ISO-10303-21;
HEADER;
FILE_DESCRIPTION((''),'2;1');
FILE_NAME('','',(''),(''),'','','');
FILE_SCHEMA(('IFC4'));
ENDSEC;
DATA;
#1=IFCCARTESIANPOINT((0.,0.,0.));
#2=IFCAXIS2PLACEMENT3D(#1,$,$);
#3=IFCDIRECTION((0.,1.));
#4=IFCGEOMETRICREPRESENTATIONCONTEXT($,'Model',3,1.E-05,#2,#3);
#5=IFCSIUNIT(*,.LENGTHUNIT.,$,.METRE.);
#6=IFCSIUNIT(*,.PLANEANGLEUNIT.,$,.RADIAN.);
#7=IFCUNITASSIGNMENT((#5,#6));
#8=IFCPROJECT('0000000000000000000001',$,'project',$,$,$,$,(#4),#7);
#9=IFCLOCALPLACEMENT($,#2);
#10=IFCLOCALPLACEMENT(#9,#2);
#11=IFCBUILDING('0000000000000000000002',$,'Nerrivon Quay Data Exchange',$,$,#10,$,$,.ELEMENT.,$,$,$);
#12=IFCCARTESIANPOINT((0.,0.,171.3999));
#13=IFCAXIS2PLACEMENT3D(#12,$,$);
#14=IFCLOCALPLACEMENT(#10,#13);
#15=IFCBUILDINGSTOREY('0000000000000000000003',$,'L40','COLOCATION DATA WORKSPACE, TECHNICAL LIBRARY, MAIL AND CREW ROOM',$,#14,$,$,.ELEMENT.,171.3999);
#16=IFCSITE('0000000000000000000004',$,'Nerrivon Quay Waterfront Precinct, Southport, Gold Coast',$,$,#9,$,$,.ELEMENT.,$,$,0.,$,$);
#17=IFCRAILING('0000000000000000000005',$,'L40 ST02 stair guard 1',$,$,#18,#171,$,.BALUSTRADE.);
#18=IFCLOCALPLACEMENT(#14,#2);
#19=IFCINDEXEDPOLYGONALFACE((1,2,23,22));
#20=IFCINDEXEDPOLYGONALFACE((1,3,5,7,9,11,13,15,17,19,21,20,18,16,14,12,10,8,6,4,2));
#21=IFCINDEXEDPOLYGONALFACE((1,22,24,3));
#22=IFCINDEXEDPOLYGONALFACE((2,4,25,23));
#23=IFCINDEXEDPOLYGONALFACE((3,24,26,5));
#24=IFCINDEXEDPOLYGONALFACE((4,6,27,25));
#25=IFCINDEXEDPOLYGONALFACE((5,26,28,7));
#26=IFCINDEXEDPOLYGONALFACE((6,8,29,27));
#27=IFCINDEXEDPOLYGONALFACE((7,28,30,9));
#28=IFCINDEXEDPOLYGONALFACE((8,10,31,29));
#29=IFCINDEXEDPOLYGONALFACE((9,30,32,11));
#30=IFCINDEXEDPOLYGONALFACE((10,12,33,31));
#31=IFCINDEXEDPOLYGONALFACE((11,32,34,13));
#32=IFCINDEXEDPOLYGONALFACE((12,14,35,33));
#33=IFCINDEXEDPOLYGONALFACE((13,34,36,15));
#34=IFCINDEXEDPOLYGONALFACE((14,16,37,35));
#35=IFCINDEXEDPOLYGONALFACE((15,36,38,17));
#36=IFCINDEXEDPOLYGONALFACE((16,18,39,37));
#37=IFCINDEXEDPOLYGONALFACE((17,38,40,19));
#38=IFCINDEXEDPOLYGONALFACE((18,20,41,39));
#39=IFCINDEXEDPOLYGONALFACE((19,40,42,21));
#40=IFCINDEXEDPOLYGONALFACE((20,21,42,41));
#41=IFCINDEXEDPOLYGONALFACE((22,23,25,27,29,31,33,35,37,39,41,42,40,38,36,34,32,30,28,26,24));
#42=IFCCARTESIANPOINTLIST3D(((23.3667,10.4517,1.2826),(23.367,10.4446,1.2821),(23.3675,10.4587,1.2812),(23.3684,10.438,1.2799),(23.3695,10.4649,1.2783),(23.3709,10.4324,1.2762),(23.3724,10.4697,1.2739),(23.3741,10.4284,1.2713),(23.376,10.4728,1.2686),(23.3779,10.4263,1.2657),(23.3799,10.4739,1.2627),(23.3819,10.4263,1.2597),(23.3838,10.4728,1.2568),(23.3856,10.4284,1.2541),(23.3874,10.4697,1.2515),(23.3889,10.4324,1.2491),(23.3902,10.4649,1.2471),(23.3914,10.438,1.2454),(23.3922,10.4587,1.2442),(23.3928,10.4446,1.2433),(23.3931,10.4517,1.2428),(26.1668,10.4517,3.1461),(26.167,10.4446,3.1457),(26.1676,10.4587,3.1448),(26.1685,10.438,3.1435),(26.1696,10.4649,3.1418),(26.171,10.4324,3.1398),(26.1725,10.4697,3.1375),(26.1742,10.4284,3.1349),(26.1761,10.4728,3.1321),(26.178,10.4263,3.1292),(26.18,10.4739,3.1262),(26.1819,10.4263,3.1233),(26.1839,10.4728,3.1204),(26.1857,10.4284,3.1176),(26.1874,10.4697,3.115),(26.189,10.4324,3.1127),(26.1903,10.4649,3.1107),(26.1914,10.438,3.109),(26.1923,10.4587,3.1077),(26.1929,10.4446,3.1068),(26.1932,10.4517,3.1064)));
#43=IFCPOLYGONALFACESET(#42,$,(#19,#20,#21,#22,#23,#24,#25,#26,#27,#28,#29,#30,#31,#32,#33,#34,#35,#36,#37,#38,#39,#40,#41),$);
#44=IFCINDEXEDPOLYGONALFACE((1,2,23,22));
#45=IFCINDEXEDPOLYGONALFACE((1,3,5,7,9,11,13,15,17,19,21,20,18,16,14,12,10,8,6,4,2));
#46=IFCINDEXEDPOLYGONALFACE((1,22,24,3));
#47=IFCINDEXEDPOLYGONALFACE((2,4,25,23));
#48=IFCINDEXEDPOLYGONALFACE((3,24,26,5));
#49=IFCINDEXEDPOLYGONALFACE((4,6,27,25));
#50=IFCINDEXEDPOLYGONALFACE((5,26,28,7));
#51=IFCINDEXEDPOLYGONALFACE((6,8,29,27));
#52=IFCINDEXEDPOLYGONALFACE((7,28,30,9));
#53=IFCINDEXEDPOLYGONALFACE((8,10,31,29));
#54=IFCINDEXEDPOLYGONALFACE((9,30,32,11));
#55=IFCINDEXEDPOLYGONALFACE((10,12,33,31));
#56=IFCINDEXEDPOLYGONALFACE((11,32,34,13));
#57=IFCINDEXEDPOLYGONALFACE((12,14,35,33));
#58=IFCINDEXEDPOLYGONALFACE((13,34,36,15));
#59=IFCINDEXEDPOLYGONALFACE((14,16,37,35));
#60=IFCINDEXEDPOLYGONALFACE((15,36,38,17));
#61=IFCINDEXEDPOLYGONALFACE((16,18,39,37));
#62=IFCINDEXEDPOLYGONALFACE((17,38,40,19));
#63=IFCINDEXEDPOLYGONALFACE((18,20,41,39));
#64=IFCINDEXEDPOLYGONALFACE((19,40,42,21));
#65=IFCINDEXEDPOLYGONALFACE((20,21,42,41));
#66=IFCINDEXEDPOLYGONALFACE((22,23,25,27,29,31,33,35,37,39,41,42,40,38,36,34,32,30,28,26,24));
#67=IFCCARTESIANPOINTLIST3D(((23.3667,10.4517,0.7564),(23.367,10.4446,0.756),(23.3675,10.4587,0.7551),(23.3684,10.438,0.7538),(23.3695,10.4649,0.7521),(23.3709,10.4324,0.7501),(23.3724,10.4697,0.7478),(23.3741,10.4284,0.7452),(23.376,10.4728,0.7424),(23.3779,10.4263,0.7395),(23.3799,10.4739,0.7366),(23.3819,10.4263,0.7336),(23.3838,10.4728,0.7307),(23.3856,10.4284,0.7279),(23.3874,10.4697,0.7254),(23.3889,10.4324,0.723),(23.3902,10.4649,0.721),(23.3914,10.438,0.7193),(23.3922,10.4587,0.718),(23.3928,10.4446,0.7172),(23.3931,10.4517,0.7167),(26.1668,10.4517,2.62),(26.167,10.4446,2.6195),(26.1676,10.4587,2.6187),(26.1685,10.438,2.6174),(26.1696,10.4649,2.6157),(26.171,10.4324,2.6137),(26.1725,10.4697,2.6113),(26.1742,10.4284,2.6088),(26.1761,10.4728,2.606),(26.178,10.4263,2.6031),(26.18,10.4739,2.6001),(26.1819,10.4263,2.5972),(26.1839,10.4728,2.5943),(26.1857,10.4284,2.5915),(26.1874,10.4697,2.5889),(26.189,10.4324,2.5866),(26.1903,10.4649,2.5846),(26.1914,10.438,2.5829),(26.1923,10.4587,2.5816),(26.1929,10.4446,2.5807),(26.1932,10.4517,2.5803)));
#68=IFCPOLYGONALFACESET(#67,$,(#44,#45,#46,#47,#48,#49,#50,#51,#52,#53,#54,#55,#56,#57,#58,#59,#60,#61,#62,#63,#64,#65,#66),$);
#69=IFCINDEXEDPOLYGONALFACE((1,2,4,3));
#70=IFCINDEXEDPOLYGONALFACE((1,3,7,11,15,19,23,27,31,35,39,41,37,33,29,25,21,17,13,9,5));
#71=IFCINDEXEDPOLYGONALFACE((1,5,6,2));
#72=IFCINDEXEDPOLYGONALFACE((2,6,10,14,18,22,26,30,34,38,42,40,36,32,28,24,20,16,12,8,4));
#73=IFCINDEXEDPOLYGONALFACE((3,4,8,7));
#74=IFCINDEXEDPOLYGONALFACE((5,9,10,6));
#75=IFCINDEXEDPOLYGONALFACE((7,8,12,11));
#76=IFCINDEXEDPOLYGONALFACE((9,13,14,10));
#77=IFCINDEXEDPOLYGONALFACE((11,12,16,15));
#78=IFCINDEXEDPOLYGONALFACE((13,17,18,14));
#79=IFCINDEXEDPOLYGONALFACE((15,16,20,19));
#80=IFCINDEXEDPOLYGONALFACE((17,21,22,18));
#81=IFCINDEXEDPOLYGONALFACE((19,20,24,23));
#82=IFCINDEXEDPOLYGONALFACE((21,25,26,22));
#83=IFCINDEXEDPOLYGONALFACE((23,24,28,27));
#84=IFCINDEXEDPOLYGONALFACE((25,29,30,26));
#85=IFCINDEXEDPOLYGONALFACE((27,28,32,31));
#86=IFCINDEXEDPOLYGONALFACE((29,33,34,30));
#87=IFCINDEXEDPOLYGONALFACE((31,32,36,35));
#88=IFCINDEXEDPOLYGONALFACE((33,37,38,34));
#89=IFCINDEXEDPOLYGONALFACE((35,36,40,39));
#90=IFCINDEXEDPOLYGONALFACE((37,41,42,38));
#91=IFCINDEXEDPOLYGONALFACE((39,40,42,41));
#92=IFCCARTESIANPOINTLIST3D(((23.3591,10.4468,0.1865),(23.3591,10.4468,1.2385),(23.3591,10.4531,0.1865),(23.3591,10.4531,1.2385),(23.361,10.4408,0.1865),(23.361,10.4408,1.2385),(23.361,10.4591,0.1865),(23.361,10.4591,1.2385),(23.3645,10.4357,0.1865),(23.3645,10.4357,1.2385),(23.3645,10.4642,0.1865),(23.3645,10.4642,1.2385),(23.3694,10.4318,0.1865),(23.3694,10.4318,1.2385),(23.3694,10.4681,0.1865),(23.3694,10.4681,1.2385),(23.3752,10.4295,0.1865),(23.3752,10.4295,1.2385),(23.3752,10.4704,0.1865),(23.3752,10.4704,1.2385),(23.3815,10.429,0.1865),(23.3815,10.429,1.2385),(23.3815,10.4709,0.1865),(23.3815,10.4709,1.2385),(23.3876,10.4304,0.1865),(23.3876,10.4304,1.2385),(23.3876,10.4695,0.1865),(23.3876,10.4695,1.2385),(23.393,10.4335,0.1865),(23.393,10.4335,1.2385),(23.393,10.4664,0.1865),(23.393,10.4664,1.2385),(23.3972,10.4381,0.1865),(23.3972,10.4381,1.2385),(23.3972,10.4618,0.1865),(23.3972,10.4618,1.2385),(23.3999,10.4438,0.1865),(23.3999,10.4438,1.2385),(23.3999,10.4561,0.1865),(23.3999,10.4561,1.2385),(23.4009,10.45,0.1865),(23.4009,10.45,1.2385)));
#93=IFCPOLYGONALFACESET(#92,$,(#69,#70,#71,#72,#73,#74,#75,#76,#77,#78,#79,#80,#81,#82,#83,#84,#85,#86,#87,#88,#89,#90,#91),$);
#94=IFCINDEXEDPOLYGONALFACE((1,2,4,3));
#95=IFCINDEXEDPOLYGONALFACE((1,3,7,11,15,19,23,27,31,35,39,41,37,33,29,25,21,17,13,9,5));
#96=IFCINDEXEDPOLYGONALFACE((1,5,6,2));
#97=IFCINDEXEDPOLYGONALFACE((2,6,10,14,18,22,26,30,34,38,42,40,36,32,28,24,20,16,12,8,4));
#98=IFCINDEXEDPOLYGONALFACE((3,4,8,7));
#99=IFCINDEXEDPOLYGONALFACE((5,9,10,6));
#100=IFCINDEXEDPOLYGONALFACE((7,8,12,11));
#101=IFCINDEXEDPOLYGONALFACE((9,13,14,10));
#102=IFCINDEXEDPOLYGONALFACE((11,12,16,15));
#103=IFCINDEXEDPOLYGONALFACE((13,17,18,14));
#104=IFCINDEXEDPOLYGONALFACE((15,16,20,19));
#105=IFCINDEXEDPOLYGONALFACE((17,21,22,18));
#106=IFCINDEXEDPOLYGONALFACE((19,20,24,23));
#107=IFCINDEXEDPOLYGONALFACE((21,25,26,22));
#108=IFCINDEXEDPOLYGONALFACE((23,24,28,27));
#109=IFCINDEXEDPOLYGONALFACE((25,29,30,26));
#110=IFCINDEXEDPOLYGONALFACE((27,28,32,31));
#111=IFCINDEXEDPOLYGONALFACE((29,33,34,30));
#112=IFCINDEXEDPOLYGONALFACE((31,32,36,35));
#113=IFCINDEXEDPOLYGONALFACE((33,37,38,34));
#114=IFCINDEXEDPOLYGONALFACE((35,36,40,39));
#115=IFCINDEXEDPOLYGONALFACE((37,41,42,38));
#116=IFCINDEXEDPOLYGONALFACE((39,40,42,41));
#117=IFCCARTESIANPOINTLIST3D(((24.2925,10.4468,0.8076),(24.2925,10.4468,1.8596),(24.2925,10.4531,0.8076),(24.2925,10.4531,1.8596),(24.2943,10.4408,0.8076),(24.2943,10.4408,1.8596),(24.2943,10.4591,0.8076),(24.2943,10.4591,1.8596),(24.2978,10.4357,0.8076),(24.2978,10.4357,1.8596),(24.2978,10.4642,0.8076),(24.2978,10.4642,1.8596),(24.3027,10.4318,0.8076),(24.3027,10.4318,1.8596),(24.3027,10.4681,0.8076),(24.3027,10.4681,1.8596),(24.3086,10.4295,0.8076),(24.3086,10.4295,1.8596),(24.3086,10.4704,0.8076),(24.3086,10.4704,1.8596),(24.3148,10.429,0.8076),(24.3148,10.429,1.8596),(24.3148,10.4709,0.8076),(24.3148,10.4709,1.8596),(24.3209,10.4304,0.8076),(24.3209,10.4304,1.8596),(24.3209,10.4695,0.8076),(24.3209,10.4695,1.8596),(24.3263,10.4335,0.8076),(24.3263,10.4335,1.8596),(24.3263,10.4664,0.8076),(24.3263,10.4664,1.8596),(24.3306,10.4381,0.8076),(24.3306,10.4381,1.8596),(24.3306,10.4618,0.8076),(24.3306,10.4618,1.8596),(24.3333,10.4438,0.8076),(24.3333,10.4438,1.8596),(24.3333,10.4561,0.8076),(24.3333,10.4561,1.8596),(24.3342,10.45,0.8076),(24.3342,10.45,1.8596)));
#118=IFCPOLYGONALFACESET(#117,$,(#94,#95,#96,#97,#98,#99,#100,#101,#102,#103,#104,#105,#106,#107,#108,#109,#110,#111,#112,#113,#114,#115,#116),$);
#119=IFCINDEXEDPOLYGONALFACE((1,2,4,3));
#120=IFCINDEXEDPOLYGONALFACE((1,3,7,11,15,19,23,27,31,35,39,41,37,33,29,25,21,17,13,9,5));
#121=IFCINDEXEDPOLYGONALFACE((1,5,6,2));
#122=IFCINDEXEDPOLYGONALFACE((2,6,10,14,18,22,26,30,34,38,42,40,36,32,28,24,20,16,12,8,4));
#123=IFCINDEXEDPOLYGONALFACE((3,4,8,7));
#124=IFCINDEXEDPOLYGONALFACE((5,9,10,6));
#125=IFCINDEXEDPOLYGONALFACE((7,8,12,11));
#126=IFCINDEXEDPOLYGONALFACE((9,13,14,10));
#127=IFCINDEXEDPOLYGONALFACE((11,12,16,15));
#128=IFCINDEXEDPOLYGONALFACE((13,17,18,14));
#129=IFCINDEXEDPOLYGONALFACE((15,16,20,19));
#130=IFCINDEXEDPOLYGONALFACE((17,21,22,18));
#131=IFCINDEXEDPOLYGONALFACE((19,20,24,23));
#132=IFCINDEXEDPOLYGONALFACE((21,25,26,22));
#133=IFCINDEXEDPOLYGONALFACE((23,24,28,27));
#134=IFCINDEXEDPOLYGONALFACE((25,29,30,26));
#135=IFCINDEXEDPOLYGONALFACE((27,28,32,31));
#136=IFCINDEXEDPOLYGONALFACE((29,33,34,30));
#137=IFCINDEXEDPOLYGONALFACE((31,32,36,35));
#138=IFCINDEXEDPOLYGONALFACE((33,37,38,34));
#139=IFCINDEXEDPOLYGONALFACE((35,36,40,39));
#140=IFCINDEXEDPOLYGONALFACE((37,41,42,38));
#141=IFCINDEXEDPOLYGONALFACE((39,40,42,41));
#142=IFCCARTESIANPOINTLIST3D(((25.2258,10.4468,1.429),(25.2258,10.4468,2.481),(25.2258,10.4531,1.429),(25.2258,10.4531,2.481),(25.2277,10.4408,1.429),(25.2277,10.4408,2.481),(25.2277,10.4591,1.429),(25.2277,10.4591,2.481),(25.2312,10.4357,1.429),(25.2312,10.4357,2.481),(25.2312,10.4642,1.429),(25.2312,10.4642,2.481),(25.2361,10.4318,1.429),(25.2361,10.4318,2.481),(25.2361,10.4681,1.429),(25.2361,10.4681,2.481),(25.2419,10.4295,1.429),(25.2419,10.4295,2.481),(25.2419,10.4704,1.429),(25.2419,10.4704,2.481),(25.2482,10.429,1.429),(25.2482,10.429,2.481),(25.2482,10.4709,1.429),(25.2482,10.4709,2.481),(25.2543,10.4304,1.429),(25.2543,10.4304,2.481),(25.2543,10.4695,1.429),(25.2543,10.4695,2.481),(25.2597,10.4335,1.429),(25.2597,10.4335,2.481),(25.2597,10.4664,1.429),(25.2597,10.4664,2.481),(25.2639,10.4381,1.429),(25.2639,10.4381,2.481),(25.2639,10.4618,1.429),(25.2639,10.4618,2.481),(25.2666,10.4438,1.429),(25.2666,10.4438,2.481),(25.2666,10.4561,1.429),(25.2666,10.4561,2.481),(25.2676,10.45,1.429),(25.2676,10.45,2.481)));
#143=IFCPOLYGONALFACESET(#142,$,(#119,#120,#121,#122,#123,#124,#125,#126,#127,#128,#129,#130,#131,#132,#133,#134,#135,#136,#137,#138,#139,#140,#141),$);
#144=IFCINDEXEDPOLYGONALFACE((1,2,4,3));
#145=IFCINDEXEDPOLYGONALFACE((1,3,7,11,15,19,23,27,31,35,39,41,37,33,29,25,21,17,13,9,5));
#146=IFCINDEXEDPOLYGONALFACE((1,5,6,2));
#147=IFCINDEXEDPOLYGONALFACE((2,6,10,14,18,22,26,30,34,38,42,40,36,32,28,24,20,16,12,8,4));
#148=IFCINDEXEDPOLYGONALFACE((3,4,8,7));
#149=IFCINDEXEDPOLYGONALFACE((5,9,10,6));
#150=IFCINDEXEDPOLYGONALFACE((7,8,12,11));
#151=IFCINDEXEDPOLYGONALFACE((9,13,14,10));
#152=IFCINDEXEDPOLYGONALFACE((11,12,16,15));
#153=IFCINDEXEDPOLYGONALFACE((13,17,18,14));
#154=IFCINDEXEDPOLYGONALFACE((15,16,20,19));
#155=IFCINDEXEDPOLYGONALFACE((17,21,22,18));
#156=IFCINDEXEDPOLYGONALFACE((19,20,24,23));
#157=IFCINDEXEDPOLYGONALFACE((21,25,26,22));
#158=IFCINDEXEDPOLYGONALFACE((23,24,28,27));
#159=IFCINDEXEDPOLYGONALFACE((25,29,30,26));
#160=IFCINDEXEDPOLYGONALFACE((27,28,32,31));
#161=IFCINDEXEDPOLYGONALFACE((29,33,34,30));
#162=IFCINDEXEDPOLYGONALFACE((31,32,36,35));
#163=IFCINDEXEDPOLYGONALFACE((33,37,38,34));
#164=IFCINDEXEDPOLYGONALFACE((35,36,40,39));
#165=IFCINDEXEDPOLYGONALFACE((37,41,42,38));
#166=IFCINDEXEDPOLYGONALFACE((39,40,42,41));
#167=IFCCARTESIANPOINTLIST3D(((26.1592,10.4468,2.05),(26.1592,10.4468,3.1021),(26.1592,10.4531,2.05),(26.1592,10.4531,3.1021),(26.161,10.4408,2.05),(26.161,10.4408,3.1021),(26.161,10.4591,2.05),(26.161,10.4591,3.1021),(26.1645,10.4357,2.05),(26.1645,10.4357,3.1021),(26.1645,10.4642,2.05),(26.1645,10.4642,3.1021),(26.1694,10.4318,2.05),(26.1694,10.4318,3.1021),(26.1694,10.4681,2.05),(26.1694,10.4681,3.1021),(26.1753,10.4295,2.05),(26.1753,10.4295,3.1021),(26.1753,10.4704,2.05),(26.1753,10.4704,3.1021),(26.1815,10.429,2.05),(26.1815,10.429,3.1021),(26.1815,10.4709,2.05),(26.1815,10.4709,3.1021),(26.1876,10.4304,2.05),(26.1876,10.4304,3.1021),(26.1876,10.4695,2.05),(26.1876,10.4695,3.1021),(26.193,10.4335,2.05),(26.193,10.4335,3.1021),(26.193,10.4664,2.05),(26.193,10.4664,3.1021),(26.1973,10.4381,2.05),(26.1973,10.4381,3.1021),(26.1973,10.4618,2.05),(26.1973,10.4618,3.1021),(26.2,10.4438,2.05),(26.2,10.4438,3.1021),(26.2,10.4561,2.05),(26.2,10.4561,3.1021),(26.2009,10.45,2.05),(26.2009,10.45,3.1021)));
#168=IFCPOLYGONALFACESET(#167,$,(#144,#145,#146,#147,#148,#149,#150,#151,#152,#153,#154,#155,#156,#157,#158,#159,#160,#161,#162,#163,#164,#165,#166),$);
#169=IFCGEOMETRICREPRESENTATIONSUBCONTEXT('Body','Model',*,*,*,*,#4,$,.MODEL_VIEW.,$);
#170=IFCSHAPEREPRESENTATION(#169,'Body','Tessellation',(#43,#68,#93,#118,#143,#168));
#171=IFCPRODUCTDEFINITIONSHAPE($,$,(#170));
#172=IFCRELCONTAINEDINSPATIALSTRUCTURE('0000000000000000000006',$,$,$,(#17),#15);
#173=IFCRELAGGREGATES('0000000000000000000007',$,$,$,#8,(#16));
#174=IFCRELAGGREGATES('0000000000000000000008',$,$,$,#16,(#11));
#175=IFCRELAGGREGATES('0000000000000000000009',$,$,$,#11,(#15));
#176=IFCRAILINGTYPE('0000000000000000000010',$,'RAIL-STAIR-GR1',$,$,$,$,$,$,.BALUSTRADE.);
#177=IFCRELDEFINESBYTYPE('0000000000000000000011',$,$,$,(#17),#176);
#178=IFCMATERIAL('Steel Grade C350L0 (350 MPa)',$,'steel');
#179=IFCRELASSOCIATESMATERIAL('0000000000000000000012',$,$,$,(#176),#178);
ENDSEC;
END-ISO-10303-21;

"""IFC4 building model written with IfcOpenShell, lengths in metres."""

from ifc_helpers import new_model, si_unit, direction, frame, origin, origin_2d, place, context, subcontext, project, spatial, circle, extrude, material, type_object, element, save


model = new_model("IFC4")

# Units and contexts
model_context = context("Model", 3, precision=1e-05, world=origin(), true_north=direction((0.0, 1.0)))
body_context = subcontext(model_context, "Body", "Model", "MODEL_VIEW")
ifc_project = project(units=[si_unit("LENGTHUNIT", "METRE"), si_unit("PLANEANGLEUNIT", "RADIAN")], contexts=[model_context])

# Site, building, storey
site_placement = place(None, origin())
site = spatial("IfcSite", under=ifc_project, at=site_placement, Name="Nerrivon Quay Waterfront Precinct, Southport, Gold Coast", CompositionType="ELEMENT", RefElevation=0.0)
building_placement = place(site_placement, origin())
building = spatial("IfcBuilding", under=site, at=building_placement, Name="Nerrivon Quay Data Exchange", CompositionType="ELEMENT")
storey_placement = place(building_placement, frame((0.0, 0.0, 171.3999)))
storey = spatial("IfcBuildingStorey", under=building, at=storey_placement, Name="L40", Description="COLOCATION DATA WORKSPACE, TECHNICAL LIBRARY, MAIL AND CREW ROOM", CompositionType="ELEMENT", Elevation=171.3999)

# Railing
ifc_material_1 = material(Name="Steel Grade C350L0 (350 MPa)", Category="steel")
railing_type_1 = type_object("IfcRailingType", Name="RAIL-STAIR-GR1", PredefinedType="BALUSTRADE", material=ifc_material_1)
railing_1_placement = place(storey_placement, frame((23.3799, 10.45, 0.1865)))
element("IfcRailing", 1, at=railing_1_placement, inside=storey, type_object=railing_type_1, Name="L40 ST02 stair guard 1", PredefinedType="BALUSTRADE", context=body_context, shape_type="SweptSolid", body=[
    extrude(circle(Radius=0.0239, at=origin_2d()), frame((0.0, 0.0, 1.0762), z_axis=(0.832486, 0.0, 0.554047), x_axis=(0.0, 1.0, 0.0)), (0.0, 0.0, 1.0), 3.3635),
    extrude(circle(Radius=0.0239, at=origin_2d()), frame((0.0, 0.0, 0.55), z_axis=(0.832486, 0.0, 0.554047), x_axis=(0.0, 1.0, 0.0)), (0.0, 0.0, 1.0), 3.3635),
    extrude(circle(Radius=0.021, at=origin_2d()), origin(), (0.0, 0.0, 1.0), 1.052),
    extrude(circle(Radius=0.021, at=origin_2d()), frame((0.9333, 0.0, 0.6211)), (0.0, 0.0, 1.0), 1.052),
    extrude(circle(Radius=0.021, at=origin_2d()), frame((1.8667, 0.0, 1.2424)), (0.0, 0.0, 1.0), 1.052),
    extrude(circle(Radius=0.021, at=origin_2d()), frame((2.8, 0.0, 1.8635)), (0.0, 0.0, 1.0), 1.052),
])

save(model, "model.ifc")
